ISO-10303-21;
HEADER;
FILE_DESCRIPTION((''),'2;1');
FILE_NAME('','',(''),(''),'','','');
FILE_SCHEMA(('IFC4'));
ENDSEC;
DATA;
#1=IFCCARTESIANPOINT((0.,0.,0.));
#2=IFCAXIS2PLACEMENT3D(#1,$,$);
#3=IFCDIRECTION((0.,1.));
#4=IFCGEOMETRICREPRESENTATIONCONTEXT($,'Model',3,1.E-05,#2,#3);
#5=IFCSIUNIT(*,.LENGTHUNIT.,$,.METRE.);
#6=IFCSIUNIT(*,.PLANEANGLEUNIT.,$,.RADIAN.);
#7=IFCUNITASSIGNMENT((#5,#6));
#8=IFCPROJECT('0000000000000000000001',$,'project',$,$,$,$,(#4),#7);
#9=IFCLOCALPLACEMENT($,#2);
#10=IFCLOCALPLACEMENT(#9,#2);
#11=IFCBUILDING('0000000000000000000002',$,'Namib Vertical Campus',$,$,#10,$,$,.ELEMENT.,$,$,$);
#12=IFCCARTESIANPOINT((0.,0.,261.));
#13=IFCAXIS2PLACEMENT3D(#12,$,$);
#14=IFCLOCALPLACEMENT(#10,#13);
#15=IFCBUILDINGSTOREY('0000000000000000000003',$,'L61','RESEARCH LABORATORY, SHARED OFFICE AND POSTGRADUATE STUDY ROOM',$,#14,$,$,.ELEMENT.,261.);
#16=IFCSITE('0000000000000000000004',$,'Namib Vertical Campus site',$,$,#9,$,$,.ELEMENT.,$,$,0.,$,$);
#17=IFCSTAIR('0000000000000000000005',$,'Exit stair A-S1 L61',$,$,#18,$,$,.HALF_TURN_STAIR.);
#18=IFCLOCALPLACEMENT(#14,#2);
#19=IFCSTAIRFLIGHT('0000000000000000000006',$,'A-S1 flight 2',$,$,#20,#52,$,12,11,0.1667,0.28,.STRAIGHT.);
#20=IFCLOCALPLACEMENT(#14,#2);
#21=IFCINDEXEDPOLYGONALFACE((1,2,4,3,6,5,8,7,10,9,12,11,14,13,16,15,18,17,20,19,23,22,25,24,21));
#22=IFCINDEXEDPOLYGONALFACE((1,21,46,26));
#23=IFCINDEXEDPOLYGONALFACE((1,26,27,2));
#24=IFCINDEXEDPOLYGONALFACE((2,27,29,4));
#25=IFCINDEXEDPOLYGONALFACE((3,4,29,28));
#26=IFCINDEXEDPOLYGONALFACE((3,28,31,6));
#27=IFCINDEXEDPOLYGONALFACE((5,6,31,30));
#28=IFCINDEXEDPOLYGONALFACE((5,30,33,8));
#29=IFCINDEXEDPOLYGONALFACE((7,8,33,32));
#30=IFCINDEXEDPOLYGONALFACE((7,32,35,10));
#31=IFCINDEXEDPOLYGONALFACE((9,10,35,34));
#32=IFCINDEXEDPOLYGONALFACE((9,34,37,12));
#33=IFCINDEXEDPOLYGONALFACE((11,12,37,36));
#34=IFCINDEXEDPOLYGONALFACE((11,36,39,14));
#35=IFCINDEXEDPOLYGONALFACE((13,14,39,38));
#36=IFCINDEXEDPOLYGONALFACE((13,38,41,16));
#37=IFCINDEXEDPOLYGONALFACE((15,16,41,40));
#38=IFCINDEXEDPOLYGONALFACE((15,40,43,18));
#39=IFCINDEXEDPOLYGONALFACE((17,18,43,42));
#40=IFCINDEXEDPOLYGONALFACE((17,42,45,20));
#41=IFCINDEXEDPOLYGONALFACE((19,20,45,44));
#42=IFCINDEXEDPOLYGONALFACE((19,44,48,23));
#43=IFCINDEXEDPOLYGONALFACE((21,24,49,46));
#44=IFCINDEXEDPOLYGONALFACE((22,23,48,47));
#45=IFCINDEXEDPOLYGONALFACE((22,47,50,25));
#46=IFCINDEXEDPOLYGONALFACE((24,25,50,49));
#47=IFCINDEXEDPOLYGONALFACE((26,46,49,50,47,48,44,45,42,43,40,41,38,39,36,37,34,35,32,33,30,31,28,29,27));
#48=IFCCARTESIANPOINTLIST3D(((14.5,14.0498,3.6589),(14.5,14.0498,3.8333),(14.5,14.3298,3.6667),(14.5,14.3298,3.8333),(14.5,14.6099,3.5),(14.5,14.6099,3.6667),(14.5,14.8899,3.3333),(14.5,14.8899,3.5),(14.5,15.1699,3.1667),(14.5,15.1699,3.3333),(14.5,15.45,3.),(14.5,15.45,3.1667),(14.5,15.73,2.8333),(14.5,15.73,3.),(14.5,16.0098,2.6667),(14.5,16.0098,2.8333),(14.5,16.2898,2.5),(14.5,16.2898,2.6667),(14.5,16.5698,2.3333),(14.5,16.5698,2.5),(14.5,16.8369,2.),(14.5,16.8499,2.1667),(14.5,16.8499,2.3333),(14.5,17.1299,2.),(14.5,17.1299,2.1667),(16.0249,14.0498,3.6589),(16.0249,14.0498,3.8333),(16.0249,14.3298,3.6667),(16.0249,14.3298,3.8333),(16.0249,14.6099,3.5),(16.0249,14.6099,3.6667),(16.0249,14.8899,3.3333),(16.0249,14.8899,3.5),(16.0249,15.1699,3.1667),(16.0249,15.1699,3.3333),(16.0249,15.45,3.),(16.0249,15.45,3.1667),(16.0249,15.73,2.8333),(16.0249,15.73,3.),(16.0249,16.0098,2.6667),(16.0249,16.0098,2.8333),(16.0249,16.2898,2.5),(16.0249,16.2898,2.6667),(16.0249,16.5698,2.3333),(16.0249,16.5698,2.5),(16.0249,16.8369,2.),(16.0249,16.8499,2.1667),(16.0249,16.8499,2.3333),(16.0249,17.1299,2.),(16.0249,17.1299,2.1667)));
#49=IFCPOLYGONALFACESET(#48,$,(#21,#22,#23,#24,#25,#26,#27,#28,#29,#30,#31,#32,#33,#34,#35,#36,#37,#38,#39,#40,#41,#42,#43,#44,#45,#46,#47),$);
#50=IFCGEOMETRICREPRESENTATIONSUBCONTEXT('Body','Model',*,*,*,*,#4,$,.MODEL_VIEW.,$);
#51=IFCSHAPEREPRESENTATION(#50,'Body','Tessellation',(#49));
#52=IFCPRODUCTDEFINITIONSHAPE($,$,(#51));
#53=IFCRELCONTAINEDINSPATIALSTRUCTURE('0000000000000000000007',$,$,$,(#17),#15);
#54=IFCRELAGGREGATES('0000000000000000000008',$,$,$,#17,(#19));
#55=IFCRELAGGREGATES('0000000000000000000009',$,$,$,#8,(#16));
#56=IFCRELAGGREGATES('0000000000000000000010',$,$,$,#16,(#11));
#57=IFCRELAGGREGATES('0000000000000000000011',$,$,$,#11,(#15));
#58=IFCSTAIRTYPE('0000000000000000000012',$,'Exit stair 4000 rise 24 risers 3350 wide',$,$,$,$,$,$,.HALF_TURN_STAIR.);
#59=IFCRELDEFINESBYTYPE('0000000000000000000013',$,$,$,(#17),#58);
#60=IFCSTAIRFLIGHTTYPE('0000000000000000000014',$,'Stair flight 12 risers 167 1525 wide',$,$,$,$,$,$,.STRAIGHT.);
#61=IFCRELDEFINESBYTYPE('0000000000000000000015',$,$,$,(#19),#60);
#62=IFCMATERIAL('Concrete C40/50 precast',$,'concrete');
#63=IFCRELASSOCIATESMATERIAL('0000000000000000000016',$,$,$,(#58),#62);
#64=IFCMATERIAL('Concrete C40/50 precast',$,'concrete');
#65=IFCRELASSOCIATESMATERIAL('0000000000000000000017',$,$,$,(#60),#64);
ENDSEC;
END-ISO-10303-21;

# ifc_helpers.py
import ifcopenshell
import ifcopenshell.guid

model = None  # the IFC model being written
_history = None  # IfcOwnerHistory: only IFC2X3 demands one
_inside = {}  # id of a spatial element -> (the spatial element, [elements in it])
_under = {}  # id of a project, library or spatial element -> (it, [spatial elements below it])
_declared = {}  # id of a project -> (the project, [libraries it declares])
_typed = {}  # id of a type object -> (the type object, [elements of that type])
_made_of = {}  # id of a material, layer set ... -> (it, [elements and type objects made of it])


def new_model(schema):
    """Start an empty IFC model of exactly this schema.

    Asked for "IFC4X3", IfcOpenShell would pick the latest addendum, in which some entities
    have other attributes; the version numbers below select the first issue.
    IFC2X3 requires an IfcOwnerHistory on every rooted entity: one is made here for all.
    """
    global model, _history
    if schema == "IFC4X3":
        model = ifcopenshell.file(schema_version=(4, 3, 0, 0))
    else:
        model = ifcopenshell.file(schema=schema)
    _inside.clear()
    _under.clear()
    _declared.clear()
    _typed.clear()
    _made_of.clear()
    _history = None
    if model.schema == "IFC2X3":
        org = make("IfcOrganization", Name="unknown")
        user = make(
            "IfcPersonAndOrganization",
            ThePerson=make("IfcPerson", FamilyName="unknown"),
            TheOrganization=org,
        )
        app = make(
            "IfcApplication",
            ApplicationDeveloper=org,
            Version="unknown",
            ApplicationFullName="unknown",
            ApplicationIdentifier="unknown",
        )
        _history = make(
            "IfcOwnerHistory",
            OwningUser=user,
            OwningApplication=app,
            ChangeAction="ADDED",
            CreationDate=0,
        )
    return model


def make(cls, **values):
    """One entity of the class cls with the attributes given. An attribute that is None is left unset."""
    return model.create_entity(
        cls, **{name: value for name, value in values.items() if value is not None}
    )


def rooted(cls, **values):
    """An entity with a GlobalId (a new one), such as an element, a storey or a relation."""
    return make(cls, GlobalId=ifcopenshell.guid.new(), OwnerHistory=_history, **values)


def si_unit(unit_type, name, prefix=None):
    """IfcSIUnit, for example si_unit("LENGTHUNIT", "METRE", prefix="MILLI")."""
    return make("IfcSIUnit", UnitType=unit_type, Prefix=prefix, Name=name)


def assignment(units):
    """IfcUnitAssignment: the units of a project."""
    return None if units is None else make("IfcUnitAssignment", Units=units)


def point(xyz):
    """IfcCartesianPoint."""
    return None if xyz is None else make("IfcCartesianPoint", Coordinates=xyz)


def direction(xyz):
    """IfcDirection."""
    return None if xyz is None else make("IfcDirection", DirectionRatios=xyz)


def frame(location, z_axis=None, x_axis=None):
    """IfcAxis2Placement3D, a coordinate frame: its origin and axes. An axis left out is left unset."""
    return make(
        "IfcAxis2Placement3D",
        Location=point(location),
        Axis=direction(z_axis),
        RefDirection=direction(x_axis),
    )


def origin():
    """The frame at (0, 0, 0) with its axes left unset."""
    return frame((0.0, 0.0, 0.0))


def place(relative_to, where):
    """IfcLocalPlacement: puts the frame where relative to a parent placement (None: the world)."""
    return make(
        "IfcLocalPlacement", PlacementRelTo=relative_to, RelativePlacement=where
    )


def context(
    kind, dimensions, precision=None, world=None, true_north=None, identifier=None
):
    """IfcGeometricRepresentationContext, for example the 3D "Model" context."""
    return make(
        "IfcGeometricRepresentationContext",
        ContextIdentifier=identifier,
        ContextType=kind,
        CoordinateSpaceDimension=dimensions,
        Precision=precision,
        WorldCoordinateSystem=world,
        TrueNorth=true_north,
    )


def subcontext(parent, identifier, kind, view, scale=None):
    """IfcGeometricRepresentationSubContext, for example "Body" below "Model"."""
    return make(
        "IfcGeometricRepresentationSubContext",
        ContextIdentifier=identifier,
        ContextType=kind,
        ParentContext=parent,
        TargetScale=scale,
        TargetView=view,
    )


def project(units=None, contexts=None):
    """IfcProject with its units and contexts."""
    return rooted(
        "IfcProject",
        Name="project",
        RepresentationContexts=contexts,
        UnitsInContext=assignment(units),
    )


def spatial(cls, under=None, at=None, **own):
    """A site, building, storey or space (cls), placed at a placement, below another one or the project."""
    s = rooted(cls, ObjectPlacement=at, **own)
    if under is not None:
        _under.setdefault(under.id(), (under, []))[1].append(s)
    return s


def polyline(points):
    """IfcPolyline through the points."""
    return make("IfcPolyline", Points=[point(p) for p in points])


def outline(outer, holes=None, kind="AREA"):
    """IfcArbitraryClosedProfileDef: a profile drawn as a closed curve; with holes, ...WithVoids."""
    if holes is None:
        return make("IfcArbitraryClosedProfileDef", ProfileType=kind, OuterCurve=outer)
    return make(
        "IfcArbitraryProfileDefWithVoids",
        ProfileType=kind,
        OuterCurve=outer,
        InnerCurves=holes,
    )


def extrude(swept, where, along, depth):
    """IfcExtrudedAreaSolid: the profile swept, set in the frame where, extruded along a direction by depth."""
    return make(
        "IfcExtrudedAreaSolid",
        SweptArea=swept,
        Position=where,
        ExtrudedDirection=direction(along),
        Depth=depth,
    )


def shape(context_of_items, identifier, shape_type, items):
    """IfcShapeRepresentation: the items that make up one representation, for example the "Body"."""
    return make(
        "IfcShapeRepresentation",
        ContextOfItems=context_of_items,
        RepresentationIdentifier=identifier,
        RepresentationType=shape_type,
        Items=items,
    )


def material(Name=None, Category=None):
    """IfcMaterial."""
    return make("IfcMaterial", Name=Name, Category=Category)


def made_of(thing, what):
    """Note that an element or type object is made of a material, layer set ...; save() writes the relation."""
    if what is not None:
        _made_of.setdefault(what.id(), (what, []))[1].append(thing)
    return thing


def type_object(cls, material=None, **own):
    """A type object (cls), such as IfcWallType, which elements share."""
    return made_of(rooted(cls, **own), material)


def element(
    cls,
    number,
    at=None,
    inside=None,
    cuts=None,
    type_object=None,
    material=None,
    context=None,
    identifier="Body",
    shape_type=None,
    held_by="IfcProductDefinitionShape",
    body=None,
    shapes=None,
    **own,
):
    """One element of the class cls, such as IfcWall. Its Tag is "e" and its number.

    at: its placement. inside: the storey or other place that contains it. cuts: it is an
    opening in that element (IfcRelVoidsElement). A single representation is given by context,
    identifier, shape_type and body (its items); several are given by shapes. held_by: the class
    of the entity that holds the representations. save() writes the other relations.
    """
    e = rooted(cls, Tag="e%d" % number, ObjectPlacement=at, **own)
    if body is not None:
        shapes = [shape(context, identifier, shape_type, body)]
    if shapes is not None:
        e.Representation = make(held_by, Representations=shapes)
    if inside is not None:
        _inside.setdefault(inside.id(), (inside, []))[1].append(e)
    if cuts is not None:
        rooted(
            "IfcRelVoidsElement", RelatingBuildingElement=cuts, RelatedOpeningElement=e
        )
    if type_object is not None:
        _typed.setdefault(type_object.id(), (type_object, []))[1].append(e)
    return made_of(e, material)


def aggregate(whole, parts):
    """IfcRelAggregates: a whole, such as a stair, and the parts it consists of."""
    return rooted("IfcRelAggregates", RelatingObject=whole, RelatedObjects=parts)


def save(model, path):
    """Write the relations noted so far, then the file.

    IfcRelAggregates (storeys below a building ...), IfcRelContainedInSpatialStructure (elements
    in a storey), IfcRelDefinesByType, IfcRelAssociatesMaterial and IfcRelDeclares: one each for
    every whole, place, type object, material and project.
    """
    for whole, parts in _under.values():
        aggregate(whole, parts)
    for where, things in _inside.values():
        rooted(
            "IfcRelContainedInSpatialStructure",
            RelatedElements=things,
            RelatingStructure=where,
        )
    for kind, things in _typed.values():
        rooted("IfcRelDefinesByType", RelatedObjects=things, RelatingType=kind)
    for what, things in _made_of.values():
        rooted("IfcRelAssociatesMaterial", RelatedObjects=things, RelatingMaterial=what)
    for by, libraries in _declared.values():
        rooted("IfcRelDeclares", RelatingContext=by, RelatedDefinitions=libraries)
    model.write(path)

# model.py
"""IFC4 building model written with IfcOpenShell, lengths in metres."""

from ifc_helpers import new_model, si_unit, direction, frame, origin, place, context, subcontext, project, spatial, polyline, outline, extrude, material, type_object, element, aggregate, save


model = new_model("IFC4")

# Units and contexts
model_context = context("Model", 3, precision=1e-05, world=origin(), true_north=direction((0.0, 1.0)))
body_context = subcontext(model_context, "Body", "Model", "MODEL_VIEW")
ifc_project = project(units=[si_unit("LENGTHUNIT", "METRE"), si_unit("PLANEANGLEUNIT", "RADIAN")], contexts=[model_context])

# Site, building, storey
site_placement = place(None, origin())
site = spatial("IfcSite", under=ifc_project, at=site_placement, Name="Namib Vertical Campus site", CompositionType="ELEMENT", RefElevation=0.0)
building_placement = place(site_placement, origin())
building = spatial("IfcBuilding", under=site, at=building_placement, Name="Namib Vertical Campus", CompositionType="ELEMENT")
storey_placement = place(building_placement, frame((0.0, 0.0, 261.0)))
storey = spatial("IfcBuildingStorey", under=building, at=storey_placement, Name="L61", Description="RESEARCH LABORATORY, SHARED OFFICE AND POSTGRADUATE STUDY ROOM", CompositionType="ELEMENT", Elevation=261.0)

# Stair, stair flight
ifc_material_1 = material(Name="Concrete C40/50 precast", Category="concrete")
stair_type = type_object("IfcStairType", Name="Exit stair 4000 rise 24 risers 3350 wide", PredefinedType="HALF_TURN_STAIR", material=ifc_material_1)
stair_placement = place(storey_placement, origin())
stair = element("IfcStair", 1, at=stair_placement, inside=storey, type_object=stair_type, Name="Exit stair A-S1 L61", PredefinedType="HALF_TURN_STAIR")
ifc_material_2 = material(Name="Concrete C40/50 precast", Category="concrete")
stair_flight_type = type_object("IfcStairFlightType", Name="Stair flight 12 risers 167 1525 wide", PredefinedType="STRAIGHT", material=ifc_material_2)
stair_flight_placement = place(storey_placement, frame((15.2625, 17.1299, 2.0), z_axis=(0.0, 0.0, 1.0), x_axis=(0.0, -1.0, 0.0)))
stair_flight = element("IfcStairFlight", 2, at=stair_flight_placement, type_object=stair_flight_type, Name="A-S1 flight 2", NumberOfRisers=12, NumberOfTreads=11, PredefinedType="STRAIGHT", RiserHeight=0.1667, TreadLength=0.28, context=body_context, shape_type="SweptSolid", body=[
    extrude(outline(polyline([(0.0, 0.0), (0.0, 0.1667), (0.28, 0.1667), (0.28, 0.3333), (0.5601, 0.3333), (0.5601, 0.5), (0.8401, 0.5), (0.8401, 0.6667), (1.1201, 0.6667), (1.1201, 0.8333), (1.3999, 0.8333), (1.3999, 1.0), (1.6799, 1.0), (1.6799, 1.1667), (1.96, 1.1667), (1.96, 1.3333), (2.24, 1.3333), (2.24, 1.5), (2.52, 1.5), (2.52, 1.6667), (2.8, 1.6667), (2.8, 1.8333), (3.0801, 1.8333), (3.0801, 2.0), (3.0801, 1.6589), (0.293, 0.0), (0.0, 0.0)])), frame((0.0, 0.7625, 0.0), z_axis=(0.0, -1.0, 0.0), x_axis=(1.0, 0.0, 0.0)), (0.0, 0.0, 1.0), 1.5249),
])
aggregate(stair, [stair_flight])

save(model, "model.ifc")
